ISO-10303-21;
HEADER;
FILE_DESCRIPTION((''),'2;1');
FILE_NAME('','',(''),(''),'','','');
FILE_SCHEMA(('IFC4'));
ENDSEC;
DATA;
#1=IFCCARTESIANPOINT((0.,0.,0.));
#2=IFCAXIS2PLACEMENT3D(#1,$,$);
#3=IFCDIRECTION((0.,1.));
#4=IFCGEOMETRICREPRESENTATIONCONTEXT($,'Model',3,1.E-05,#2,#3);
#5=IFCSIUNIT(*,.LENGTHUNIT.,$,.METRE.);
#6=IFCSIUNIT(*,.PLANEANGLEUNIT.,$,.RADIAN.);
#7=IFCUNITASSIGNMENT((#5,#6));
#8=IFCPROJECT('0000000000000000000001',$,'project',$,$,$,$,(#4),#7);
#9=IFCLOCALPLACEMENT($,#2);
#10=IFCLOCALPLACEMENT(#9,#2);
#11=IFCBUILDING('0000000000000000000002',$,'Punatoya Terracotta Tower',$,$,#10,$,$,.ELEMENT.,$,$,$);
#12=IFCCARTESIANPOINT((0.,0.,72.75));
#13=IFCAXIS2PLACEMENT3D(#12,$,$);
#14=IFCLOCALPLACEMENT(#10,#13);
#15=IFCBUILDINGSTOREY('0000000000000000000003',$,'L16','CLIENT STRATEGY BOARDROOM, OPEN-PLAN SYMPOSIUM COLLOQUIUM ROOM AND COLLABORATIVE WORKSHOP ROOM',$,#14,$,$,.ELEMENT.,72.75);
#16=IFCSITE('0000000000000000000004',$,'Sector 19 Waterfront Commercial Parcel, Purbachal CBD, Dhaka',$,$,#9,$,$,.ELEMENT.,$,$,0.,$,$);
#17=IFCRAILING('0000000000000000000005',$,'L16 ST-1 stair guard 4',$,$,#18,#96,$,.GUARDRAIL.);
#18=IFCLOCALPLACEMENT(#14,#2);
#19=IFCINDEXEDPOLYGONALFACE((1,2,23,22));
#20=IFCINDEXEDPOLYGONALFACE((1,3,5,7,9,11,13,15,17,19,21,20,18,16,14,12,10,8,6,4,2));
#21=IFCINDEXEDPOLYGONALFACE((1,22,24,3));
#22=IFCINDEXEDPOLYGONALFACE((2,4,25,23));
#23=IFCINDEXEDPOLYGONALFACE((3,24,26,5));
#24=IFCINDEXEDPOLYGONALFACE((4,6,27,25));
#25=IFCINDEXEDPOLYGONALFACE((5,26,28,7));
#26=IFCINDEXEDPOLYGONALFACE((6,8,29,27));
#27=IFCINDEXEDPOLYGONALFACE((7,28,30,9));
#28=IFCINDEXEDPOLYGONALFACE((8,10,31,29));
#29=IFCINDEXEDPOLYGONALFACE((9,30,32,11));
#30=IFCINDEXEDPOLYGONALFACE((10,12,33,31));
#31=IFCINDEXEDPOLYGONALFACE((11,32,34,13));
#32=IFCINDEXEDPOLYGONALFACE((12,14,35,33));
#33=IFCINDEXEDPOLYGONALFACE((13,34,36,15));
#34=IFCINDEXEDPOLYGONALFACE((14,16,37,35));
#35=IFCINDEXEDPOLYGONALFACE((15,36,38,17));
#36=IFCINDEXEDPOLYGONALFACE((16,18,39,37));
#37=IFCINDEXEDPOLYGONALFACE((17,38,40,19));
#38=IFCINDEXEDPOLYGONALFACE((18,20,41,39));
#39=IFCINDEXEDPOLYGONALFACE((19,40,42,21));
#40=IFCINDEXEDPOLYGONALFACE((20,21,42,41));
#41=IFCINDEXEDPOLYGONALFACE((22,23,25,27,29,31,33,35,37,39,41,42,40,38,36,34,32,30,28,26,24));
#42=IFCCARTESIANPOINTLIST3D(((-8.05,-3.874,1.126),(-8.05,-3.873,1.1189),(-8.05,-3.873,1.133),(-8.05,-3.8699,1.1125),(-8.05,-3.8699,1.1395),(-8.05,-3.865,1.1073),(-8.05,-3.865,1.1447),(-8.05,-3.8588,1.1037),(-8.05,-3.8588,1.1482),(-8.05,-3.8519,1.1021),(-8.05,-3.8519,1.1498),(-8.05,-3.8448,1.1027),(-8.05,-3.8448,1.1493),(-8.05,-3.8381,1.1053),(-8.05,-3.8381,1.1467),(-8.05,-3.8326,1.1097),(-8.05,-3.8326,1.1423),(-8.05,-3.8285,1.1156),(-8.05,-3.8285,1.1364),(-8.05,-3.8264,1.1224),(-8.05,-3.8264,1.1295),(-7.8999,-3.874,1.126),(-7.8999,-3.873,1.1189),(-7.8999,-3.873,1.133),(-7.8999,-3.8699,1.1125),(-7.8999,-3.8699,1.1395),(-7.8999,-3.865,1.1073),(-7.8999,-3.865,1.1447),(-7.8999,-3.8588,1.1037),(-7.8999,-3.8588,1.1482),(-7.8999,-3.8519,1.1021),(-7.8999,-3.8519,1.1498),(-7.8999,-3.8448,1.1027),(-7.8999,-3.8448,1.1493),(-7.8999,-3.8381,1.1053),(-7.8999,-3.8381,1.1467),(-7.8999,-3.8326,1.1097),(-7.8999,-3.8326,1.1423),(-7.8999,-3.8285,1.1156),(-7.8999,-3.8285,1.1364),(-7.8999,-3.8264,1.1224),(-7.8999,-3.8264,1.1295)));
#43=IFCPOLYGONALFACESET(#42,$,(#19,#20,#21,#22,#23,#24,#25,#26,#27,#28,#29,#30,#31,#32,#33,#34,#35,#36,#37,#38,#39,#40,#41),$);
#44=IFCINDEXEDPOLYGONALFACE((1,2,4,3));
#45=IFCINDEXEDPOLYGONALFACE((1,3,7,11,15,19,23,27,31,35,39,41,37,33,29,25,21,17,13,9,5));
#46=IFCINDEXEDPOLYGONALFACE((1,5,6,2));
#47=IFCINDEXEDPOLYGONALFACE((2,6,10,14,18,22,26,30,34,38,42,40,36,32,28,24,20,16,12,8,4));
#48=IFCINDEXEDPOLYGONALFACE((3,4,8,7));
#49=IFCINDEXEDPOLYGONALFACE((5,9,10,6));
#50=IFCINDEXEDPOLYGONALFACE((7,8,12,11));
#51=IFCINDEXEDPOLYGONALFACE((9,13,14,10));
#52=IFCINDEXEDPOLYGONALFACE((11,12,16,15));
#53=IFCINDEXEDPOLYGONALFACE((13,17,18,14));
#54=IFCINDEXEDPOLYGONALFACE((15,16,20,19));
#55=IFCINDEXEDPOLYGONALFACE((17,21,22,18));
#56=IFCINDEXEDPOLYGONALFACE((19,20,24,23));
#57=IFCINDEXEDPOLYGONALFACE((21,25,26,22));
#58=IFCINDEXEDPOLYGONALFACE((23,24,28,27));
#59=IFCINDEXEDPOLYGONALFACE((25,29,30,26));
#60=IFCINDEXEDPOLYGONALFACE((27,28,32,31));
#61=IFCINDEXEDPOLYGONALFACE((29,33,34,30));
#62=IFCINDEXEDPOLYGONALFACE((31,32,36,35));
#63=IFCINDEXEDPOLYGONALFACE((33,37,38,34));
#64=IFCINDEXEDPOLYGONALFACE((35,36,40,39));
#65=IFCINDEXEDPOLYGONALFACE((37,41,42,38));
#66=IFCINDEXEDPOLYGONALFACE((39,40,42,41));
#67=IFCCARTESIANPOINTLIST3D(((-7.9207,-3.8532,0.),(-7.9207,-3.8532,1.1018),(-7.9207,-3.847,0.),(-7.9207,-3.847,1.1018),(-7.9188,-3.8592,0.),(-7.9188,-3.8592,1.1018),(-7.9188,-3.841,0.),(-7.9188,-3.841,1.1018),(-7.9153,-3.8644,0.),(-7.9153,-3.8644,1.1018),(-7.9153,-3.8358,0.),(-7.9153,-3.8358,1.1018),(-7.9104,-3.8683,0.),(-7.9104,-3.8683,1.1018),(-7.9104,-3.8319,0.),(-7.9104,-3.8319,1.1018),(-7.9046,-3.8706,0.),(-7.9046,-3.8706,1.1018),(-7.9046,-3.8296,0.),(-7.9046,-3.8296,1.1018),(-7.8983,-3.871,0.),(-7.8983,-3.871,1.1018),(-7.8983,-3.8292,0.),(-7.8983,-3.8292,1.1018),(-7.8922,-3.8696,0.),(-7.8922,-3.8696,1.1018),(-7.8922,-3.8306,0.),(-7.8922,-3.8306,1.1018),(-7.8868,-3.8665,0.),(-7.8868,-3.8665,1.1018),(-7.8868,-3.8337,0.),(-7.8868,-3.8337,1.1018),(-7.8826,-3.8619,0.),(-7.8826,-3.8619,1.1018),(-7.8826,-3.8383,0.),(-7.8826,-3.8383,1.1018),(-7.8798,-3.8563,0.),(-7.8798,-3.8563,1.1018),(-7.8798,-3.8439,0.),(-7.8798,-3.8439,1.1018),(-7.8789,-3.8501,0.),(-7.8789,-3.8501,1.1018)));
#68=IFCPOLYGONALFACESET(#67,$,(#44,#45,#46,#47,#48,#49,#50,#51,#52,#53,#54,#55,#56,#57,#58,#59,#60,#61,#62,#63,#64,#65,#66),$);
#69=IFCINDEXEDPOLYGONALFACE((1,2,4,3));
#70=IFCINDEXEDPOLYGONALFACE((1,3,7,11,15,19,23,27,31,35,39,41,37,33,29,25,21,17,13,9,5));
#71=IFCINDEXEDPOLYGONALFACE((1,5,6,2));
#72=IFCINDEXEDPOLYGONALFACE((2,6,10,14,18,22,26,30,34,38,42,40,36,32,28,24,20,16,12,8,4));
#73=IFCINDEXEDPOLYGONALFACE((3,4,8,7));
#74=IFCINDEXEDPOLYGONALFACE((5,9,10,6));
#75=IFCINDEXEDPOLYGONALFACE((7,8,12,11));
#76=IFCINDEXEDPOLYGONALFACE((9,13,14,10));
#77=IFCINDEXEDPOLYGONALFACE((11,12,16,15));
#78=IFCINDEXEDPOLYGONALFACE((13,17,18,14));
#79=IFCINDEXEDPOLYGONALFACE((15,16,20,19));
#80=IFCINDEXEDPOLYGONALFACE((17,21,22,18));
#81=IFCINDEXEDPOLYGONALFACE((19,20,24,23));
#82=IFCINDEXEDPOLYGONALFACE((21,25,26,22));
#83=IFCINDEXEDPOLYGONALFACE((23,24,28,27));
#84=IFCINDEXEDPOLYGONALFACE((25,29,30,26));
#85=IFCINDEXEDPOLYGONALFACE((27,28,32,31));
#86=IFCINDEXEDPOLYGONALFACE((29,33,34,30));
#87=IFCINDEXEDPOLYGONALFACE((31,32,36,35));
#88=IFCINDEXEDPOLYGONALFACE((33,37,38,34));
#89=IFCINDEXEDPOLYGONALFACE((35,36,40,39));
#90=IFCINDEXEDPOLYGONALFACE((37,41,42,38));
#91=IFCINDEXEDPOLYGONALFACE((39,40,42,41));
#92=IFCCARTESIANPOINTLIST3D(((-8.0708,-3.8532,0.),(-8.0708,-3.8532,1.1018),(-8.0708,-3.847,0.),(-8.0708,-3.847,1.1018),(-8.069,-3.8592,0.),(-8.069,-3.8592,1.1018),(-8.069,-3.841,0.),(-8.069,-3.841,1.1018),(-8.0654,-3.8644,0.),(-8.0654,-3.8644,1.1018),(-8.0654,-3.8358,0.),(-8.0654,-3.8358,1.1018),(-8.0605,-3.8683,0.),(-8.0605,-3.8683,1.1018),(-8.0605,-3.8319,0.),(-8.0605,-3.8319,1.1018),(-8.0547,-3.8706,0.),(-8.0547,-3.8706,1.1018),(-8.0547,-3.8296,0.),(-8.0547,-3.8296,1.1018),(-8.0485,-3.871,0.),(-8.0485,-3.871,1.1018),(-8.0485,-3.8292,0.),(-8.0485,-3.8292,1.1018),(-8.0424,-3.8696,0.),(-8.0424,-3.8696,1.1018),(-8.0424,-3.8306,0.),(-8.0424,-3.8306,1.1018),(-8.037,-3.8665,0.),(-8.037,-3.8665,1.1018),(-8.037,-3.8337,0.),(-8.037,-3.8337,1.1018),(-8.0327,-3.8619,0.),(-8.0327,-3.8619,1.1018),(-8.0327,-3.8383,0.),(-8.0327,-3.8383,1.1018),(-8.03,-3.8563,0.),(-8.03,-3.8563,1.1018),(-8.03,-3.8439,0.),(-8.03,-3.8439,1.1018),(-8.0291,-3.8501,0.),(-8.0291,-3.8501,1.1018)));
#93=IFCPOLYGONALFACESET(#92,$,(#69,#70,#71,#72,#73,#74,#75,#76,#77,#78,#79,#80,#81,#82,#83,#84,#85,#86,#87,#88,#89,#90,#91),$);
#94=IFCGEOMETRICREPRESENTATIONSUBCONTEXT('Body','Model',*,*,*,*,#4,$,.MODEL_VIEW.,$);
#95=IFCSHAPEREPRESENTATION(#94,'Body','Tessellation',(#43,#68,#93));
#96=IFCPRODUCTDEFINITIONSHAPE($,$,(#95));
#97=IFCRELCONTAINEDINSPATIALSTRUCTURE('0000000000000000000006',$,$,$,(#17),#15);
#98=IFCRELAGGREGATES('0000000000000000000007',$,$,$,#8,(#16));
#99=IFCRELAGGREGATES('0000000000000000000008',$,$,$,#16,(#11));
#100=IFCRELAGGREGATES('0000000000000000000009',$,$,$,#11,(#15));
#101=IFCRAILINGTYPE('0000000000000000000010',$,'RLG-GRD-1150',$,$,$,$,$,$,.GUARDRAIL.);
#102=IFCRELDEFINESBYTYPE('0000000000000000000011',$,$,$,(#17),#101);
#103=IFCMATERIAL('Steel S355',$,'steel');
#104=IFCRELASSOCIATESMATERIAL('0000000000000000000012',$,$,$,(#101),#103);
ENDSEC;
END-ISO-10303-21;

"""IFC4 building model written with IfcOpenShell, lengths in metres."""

from ifc_helpers import new_model, si_unit, direction, frame, origin, origin_2d, place, context, subcontext, project, spatial, circle, extrude, material, type_object, element, save


model = new_model("IFC4")

# Units and contexts
model_context = context("Model", 3, precision=1e-05, world=origin(), true_north=direction((0.0, 1.0)))
body_context = subcontext(model_context, "Body", "Model", "MODEL_VIEW")
ifc_project = project(units=[si_unit("LENGTHUNIT", "METRE"), si_unit("PLANEANGLEUNIT", "RADIAN")], contexts=[model_context])

# Site, building, storey
site_placement = place(None, origin())
site = spatial("IfcSite", under=ifc_project, at=site_placement, Name="Sector 19 Waterfront Commercial Parcel, Purbachal CBD, Dhaka", CompositionType="ELEMENT", RefElevation=0.0)
building_placement = place(site_placement, origin())
building = spatial("IfcBuilding", under=site, at=building_placement, Name="Punatoya Terracotta Tower", CompositionType="ELEMENT")
storey_placement = place(building_placement, frame((0.0, 0.0, 72.75)))
storey = spatial("IfcBuildingStorey", under=building, at=storey_placement, Name="L16", Description="CLIENT STRATEGY BOARDROOM, OPEN-PLAN SYMPOSIUM COLLOQUIUM ROOM AND COLLABORATIVE WORKSHOP ROOM", CompositionType="ELEMENT", Elevation=72.75)

# Railing
ifc_material_1 = material(Name="Steel S355", Category="steel")
railing_type_1 = type_object("IfcRailingType", Name="RLG-GRD-1150", PredefinedType="GUARDRAIL", material=ifc_material_1)
railing_1_placement = place(storey_placement, frame((-7.8999, -3.8501, 0.0)))
element("IfcRailing", 1, at=railing_1_placement, inside=storey, type_object=railing_type_1, Name="L16 ST-1 stair guard 4", PredefinedType="GUARDRAIL", context=body_context, shape_type="SweptSolid", body=[
    extrude(circle(Radius=0.0239, at=origin_2d()), frame((0.0, 0.0, 1.126), z_axis=(-1.0, 0.0, 0.0), x_axis=(0.0, -1.0, 0.0)), (0.0, 0.0, 1.0), 0.1501),
    extrude(circle(Radius=0.021, at=origin_2d()), origin(), (0.0, 0.0, 1.0), 1.1018),
    extrude(circle(Radius=0.021, at=origin_2d()), frame((-0.1501, 0.0, 0.0)), (0.0, 0.0, 1.0), 1.1018),
])

save(model, "model.ifc")
